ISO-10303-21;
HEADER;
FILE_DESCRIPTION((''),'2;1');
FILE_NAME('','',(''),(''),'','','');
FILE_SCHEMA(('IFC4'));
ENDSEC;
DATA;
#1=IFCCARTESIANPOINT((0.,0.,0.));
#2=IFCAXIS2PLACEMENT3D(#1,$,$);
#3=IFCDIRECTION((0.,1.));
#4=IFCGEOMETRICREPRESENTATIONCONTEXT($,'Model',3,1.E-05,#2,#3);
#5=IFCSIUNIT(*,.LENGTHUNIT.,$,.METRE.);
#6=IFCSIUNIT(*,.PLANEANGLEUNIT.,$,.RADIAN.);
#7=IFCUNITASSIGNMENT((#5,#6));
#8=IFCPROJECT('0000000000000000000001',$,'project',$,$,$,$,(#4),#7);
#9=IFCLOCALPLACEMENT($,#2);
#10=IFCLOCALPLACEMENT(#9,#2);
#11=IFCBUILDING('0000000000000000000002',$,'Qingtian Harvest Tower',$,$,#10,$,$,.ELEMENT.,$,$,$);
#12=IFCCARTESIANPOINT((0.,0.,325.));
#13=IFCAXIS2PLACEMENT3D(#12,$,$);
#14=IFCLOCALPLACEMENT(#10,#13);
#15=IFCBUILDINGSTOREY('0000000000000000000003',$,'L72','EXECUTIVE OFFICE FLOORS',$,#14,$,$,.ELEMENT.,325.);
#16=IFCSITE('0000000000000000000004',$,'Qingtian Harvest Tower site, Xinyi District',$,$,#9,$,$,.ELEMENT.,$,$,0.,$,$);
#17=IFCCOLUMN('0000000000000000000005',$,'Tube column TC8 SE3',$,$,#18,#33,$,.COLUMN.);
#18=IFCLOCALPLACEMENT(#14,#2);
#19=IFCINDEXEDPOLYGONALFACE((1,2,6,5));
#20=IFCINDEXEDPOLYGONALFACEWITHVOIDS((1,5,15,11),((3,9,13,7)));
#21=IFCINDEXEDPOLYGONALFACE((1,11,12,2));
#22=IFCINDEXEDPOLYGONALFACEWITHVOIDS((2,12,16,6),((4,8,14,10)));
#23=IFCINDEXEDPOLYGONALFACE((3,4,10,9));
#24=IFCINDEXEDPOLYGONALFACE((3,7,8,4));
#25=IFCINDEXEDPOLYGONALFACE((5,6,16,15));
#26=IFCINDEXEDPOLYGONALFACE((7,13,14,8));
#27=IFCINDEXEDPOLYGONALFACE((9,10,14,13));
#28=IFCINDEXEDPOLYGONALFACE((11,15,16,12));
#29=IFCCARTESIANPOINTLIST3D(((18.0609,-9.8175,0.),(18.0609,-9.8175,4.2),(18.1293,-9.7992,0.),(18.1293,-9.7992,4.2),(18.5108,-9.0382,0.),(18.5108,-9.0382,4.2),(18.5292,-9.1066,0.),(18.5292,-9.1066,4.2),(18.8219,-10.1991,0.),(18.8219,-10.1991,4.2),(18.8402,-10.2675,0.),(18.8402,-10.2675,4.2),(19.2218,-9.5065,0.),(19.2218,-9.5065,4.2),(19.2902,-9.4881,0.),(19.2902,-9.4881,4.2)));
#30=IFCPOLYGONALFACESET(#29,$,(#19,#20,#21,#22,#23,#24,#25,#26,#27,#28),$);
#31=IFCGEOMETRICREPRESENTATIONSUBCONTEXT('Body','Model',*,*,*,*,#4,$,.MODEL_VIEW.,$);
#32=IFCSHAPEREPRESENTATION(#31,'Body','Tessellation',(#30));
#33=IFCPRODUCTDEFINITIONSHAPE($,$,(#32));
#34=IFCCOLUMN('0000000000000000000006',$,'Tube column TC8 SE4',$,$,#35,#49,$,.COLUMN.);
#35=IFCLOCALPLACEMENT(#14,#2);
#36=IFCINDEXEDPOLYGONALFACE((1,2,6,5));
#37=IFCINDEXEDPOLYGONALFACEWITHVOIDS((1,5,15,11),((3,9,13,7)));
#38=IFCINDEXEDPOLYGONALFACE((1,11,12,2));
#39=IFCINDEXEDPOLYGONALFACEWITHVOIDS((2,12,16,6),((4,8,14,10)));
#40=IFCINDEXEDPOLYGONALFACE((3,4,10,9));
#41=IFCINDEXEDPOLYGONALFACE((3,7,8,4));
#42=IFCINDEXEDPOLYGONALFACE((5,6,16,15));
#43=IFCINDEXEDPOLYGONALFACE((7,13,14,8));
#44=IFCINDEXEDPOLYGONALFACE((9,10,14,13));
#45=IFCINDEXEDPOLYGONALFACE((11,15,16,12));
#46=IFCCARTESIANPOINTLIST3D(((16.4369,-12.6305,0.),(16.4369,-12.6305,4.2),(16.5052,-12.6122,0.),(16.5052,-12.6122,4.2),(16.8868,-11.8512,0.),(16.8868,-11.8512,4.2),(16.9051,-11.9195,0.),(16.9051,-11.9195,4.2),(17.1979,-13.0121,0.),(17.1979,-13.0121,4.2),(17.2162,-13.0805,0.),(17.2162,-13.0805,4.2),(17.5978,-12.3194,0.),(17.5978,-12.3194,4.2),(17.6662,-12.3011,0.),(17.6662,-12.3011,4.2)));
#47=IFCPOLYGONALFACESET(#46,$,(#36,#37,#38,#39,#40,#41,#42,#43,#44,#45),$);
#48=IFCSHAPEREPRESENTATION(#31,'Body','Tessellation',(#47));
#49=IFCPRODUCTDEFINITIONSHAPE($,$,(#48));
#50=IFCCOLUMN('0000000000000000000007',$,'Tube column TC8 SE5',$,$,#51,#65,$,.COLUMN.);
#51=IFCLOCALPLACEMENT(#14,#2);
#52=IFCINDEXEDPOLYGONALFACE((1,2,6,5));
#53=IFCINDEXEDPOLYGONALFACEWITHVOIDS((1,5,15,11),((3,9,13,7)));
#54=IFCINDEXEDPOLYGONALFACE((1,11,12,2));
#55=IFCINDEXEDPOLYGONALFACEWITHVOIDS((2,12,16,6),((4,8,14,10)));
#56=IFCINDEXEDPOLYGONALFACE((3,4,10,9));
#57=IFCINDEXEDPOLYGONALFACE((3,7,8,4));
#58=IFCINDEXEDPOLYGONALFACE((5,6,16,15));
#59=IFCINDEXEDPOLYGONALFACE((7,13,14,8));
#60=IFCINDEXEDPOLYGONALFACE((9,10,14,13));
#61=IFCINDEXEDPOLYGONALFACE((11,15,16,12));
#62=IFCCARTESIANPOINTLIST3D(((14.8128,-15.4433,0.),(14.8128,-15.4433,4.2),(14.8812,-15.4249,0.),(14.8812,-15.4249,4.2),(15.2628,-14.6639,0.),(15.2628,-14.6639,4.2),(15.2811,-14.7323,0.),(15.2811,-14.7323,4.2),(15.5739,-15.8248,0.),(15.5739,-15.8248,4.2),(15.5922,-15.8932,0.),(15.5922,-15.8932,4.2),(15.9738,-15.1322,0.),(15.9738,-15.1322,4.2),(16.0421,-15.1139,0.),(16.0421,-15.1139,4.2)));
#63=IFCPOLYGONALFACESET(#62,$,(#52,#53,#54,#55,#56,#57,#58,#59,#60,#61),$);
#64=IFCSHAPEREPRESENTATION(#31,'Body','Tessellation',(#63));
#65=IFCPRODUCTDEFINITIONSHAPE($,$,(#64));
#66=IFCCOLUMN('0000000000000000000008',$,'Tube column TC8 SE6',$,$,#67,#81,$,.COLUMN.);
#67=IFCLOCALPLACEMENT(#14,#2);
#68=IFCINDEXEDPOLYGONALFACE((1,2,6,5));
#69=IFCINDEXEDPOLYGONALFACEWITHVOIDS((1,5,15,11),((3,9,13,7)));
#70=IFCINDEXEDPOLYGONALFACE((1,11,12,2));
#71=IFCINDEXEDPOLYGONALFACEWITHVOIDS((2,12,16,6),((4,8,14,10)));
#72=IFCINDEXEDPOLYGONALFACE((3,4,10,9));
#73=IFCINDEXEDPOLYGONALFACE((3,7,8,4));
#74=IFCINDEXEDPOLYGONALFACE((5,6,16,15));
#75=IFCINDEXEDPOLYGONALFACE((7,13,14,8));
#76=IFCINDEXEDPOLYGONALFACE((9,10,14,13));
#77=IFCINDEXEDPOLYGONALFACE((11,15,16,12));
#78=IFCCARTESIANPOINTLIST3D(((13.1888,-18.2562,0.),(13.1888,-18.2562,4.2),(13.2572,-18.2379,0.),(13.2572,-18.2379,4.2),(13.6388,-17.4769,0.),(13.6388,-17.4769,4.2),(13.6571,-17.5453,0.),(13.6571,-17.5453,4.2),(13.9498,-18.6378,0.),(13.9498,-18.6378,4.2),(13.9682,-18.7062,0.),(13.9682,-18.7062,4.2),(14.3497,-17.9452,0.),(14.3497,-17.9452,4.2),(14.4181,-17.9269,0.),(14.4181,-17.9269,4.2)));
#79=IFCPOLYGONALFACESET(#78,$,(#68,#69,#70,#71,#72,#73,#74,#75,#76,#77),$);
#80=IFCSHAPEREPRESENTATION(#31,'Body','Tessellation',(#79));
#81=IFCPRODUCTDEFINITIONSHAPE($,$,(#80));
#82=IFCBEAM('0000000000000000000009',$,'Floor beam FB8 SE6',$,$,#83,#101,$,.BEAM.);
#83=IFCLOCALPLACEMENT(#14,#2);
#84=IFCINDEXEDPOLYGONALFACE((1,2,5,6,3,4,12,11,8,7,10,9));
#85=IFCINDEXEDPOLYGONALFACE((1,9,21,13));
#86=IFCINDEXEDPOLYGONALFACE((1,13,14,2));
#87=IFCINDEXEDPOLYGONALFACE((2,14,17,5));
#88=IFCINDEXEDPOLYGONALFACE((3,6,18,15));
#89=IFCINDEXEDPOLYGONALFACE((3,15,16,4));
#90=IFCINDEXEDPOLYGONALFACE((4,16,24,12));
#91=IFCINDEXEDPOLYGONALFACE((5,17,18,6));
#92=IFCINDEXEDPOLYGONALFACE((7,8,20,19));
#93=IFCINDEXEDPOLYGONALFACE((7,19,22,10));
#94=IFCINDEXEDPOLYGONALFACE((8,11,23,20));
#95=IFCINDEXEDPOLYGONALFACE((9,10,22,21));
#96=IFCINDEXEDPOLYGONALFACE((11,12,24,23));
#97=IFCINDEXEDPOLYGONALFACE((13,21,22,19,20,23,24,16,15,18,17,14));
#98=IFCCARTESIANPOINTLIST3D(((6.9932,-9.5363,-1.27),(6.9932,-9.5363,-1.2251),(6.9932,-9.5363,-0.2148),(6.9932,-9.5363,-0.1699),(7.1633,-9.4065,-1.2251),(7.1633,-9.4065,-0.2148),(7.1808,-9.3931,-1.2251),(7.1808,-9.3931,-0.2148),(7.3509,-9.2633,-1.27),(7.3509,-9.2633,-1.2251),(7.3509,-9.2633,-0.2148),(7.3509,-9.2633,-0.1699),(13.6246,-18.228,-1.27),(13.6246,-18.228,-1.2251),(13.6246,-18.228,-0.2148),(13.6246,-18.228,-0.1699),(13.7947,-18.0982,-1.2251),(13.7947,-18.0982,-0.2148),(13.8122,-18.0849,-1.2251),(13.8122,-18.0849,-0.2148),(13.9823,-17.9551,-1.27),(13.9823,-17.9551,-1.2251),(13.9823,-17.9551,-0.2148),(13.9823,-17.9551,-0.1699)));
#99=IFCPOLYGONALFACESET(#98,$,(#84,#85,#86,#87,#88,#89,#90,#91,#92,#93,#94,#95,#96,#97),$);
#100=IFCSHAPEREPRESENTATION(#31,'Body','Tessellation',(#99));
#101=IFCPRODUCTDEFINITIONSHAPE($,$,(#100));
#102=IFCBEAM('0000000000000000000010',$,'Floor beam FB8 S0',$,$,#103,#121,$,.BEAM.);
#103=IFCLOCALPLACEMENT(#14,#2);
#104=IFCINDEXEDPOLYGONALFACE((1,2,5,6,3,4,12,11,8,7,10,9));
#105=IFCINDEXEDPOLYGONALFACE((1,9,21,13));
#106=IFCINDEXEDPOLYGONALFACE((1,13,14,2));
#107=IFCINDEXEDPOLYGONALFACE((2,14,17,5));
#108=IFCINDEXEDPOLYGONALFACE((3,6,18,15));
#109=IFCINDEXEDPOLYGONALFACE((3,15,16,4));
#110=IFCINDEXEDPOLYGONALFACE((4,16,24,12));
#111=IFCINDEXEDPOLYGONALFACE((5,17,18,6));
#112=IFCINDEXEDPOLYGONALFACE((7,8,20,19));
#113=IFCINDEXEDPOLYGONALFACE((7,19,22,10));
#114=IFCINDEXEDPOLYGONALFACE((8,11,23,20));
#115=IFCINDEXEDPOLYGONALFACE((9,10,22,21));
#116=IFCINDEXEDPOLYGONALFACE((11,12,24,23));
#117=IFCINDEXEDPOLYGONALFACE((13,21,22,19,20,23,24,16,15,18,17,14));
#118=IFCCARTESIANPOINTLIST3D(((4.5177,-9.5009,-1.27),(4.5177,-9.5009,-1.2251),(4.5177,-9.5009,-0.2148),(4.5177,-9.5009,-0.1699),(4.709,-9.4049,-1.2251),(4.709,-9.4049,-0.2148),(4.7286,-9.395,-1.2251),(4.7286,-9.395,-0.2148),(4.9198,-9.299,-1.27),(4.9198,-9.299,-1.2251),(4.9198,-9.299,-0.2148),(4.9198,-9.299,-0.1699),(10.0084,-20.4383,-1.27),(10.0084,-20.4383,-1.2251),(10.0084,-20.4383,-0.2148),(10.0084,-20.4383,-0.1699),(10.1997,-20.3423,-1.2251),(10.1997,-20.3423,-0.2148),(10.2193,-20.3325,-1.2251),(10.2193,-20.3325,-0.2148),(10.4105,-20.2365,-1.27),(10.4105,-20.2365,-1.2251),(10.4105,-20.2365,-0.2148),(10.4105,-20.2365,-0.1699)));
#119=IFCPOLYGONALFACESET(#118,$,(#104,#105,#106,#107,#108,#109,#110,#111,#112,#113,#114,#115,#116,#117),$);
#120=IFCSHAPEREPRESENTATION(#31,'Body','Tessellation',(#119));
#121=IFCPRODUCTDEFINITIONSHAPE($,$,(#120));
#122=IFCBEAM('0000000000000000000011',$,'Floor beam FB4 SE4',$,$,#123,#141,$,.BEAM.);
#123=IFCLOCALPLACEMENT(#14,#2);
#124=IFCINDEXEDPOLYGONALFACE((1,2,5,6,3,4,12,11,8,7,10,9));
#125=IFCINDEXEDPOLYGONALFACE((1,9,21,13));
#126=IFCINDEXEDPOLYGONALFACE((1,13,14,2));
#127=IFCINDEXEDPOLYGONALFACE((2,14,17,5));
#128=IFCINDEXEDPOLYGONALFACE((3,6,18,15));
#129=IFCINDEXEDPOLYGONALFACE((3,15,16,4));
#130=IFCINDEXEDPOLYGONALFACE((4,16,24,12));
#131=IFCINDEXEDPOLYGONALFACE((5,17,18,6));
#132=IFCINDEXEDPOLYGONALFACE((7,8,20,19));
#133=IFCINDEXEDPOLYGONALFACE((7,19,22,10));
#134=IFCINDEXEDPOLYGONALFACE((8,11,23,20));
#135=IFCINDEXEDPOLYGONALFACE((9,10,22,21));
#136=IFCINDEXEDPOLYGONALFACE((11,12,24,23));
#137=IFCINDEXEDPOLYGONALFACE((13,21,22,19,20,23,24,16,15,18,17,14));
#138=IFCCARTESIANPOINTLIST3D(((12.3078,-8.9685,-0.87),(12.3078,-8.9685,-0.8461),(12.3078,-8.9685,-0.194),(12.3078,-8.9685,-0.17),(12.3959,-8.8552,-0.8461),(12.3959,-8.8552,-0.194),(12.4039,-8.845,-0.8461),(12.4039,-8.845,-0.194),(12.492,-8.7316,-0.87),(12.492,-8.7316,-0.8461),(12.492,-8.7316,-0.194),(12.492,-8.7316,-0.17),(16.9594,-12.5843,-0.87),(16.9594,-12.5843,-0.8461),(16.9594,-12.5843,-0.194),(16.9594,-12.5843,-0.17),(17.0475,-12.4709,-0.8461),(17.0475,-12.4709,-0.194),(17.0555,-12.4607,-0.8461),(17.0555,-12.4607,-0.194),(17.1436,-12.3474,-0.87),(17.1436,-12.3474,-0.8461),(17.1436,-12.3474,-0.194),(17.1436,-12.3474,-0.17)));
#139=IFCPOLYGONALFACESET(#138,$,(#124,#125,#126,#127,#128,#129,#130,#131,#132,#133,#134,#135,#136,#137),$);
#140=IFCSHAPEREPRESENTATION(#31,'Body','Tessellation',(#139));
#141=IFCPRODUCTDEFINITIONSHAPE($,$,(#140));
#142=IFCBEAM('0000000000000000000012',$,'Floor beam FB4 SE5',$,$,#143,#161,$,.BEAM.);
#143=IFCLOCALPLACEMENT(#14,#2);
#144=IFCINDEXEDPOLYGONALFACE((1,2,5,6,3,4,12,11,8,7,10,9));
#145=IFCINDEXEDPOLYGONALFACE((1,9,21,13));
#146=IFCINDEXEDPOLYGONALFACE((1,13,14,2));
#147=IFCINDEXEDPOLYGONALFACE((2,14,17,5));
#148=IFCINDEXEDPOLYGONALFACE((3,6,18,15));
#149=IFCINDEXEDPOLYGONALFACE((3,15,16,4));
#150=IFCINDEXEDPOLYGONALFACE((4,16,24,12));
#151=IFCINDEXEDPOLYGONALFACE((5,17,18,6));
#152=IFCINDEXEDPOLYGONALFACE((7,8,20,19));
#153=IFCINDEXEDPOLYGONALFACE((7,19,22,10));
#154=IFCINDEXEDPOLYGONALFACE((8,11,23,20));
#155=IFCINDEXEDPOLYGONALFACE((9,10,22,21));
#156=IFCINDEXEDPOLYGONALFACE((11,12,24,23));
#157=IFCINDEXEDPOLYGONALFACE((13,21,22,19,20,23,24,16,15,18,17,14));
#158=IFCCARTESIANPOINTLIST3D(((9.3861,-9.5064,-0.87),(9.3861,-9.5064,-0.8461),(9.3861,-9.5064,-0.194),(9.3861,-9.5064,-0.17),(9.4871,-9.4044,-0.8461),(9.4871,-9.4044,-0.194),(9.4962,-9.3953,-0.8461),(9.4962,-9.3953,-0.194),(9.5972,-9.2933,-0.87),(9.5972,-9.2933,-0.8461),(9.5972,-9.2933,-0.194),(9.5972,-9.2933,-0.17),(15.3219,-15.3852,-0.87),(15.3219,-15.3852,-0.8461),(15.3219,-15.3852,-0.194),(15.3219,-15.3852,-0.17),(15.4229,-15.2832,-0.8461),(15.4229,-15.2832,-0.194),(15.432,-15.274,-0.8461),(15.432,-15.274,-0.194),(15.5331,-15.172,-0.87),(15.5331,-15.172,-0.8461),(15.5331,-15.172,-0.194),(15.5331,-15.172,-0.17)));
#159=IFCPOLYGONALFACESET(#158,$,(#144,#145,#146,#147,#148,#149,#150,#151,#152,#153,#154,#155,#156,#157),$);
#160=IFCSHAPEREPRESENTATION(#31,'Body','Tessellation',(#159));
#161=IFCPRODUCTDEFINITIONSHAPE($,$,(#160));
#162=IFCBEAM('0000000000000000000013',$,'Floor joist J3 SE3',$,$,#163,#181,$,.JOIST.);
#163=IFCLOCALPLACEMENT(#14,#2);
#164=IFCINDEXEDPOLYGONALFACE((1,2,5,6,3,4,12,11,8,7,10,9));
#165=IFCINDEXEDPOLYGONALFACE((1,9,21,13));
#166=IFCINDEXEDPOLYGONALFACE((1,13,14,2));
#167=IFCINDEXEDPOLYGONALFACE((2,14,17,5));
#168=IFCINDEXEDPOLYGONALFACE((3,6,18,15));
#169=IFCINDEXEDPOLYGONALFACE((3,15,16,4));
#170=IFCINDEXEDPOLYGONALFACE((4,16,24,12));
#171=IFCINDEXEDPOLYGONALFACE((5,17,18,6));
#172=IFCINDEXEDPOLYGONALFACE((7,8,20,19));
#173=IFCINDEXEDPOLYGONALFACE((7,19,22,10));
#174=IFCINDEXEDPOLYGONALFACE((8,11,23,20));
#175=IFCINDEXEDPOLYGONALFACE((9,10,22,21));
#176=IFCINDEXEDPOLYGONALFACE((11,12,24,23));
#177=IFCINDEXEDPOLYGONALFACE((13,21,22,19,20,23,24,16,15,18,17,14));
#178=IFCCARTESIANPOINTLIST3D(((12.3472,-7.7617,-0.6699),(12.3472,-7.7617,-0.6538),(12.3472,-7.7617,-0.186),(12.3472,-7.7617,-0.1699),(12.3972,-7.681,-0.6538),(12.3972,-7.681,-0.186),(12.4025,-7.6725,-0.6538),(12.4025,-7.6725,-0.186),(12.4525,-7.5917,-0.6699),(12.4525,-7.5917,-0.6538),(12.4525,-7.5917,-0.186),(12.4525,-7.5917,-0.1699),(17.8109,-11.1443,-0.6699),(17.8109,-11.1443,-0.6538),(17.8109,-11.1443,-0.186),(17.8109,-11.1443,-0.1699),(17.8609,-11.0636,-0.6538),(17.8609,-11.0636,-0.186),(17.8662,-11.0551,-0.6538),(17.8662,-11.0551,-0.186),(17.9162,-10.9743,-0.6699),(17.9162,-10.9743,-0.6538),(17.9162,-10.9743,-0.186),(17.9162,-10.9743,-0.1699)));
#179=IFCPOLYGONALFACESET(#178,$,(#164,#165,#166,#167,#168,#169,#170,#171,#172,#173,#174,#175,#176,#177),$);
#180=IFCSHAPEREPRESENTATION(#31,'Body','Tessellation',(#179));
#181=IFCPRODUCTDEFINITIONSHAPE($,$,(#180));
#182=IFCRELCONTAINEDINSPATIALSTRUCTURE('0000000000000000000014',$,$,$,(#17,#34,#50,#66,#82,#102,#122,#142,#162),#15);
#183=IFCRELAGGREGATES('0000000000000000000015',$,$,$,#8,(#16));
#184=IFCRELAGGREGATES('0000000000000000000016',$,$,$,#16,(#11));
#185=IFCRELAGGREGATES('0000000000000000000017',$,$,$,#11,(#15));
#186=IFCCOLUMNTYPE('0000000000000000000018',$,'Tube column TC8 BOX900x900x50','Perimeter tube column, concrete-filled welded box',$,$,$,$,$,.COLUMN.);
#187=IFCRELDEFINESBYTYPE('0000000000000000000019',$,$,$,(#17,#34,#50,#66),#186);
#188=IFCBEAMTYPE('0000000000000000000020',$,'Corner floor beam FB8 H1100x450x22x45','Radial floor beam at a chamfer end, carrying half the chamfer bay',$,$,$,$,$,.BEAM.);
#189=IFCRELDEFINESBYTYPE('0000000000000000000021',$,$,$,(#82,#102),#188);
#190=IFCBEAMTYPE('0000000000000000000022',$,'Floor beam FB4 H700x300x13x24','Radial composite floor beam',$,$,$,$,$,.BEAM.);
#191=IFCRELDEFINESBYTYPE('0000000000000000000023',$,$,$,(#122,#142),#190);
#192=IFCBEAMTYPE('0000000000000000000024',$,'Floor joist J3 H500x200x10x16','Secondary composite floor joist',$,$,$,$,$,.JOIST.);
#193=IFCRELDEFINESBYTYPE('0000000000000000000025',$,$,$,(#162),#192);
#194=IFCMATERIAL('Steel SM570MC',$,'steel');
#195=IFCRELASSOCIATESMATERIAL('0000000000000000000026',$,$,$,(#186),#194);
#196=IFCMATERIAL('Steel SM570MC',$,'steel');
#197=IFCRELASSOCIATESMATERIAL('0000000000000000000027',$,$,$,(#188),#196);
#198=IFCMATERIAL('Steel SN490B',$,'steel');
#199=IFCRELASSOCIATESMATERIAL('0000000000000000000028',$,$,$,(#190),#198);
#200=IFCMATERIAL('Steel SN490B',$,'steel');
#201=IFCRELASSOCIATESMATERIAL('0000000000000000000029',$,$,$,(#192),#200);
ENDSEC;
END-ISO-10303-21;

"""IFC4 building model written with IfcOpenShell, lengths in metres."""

from ifc_helpers import new_model, si_unit, direction, frame, origin, origin_2d, place, context, subcontext, project, spatial, hollow_rectangle, i_section, extrude, material, material_profile, profile_set, type_object, element, save


model = new_model("IFC4")

# Units and contexts
model_context = context("Model", 3, precision=1e-05, world=origin(), true_north=direction((0.0, 1.0)))
body_context = subcontext(model_context, "Body", "Model", "MODEL_VIEW")
ifc_project = project(units=[si_unit("LENGTHUNIT", "METRE"), si_unit("PLANEANGLEUNIT", "RADIAN")], contexts=[model_context])

# Site, building, storey
site_placement = place(None, origin())
site = spatial("IfcSite", under=ifc_project, at=site_placement, Name="Qingtian Harvest Tower site, Xinyi District", CompositionType="ELEMENT", RefElevation=0.0)
building_placement = place(site_placement, origin())
building = spatial("IfcBuilding", under=site, at=building_placement, Name="Qingtian Harvest Tower", CompositionType="ELEMENT")
storey_placement = place(building_placement, frame((0.0, 0.0, 325.0)))
storey = spatial("IfcBuildingStorey", under=building, at=storey_placement, Name="L72", Description="EXECUTIVE OFFICE FLOORS", CompositionType="ELEMENT", Elevation=325.0)

# Columns
ifc_material_1 = material(Name="Steel SM570MC", Category="steel")
ifc_material_profile_1 = material_profile(ifc_material_1, hollow_rectangle(XDim=0.8999, YDim=0.8999, WallThickness=0.05, at=origin_2d()), Name="BOX900x900x50")
ifc_profile_set_1 = profile_set([ifc_material_profile_1], Name="Steel SM570MC")
column_type = type_object("IfcColumnType", Name="Tube column TC8 BOX900x900x50", Description="Perimeter tube column, concrete-filled welded box", PredefinedType="COLUMN", material=ifc_profile_set_1)
for number, where, z_axis, x_axis, name in (
    (1, (18.6755, -9.6528, 0.0), (0.0, 0.0, 1.0), (0.5, 0.866025, 0.0), "Tube column TC8 SE3"),
    (2, (17.0515, -12.4658, 0.0), (0.0, 0.0, 1.0), (0.5, 0.866025, 0.0), "Tube column TC8 SE4"),
    (3, (15.4275, -15.2786, 0.0), (0.0, 0.0, 1.0), (0.5, 0.866025, 0.0), "Tube column TC8 SE5"),
    (4, (13.8035, -18.0916, 0.0), (0.0, 0.0, 1.0), (0.5, 0.866025, 0.0), "Tube column TC8 SE6"),
):
    element("IfcColumn", number, at=place(storey_placement, frame(where, z_axis=z_axis, x_axis=x_axis)), inside=storey, type_object=column_type, Name=name, PredefinedType="COLUMN", context=body_context, shape_type="SweptSolid", body=[
        extrude(hollow_rectangle(XDim=0.8999, YDim=0.8999, WallThickness=0.05, at=origin_2d()), origin(), (0.0, 0.0, 1.0), 4.2),
    ])

# Beams
ifc_material_2 = material(Name="Steel SM570MC", Category="steel")
ifc_material_profile_2 = material_profile(ifc_material_2, i_section(OverallWidth=0.45, OverallDepth=1.1001, WebThickness=0.022, FlangeThickness=0.0449, at=origin_2d()), Name="H1100x450x22x45")
ifc_profile_set_2 = profile_set([ifc_material_profile_2], Name="Steel SM570MC")
beam_type_1 = type_object("IfcBeamType", Name="Corner floor beam FB8 H1100x450x22x45", Description="Radial floor beam at a chamfer end, carrying half the chamfer bay", PredefinedType="BEAM", material=ifc_profile_set_2)
beam_1_placement = place(storey_placement, frame((13.8035, -18.0916, -0.72), z_axis=(-0.606572, 0.795029, 0.0), x_axis=(-0.795029, -0.606572, 0.0)))
element("IfcBeam", 5, at=beam_1_placement, inside=storey, type_object=beam_type_1, Name="Floor beam FB8 SE6", PredefinedType="BEAM", context=body_context, shape_type="SweptSolid", body=[
    extrude(i_section(OverallWidth=0.45, OverallDepth=1.1001, WebThickness=0.022, FlangeThickness=0.0449, at=origin_2d()), origin(), (0.0, 0.0, 1.0), 10.9326),
])
beam_2_placement = place(storey_placement, frame((10.2095, -20.3374, -0.72), z_axis=(-0.448649, 0.893708, 0.0), x_axis=(-0.893708, -0.448649, 0.0)))
element("IfcBeam", 6, at=beam_2_placement, inside=storey, type_object=beam_type_1, Name="Floor beam FB8 S0", PredefinedType="BEAM", context=body_context, shape_type="SweptSolid", body=[
    extrude(i_section(OverallWidth=0.45, OverallDepth=1.1001, WebThickness=0.022, FlangeThickness=0.0449, at=origin_2d()), origin(), (0.0, 0.0, 1.0), 12.2383),
])
ifc_material_3 = material(Name="Steel SN490B", Category="steel")
ifc_material_profile_3 = material_profile(ifc_material_3, i_section(OverallWidth=0.3, OverallDepth=0.7, WebThickness=0.0129, FlangeThickness=0.0239, at=origin_2d()), Name="H700x300x13x24")
ifc_profile_set_3 = profile_set([ifc_material_profile_3], Name="Steel SN490B")
beam_type_2 = type_object("IfcBeamType", Name="Floor beam FB4 H700x300x13x24", Description="Radial composite floor beam", PredefinedType="BEAM", material=ifc_profile_set_3)
beam_3_placement = place(storey_placement, frame((17.0515, -12.4658, -0.52), z_axis=(-0.789533, 0.613708, 0.0), x_axis=(-0.613708, -0.789533, 0.0)))
element("IfcBeam", 7, at=beam_3_placement, inside=storey, type_object=beam_type_2, Name="Floor beam FB4 SE4", PredefinedType="BEAM", context=body_context, shape_type="SweptSolid", body=[
    extrude(i_section(OverallWidth=0.3, OverallDepth=0.7, WebThickness=0.0129, FlangeThickness=0.0239, at=origin_2d()), origin(), (0.0, 0.0, 1.0), 5.8916),
])
beam_4_placement = place(storey_placement, frame((15.4275, -15.2786, -0.52), z_axis=(-0.710518, 0.703679, 0.0), x_axis=(-0.703679, -0.710518, 0.0)))
element("IfcBeam", 8, at=beam_4_placement, inside=storey, type_object=beam_type_2, Name="Floor beam FB4 SE5", PredefinedType="BEAM", context=body_context, shape_type="SweptSolid", body=[
    extrude(i_section(OverallWidth=0.3, OverallDepth=0.7, WebThickness=0.0129, FlangeThickness=0.0239, at=origin_2d()), origin(), (0.0, 0.0, 1.0), 8.3542),
])
ifc_material_4 = material(Name="Steel SN490B", Category="steel")
ifc_material_profile_4 = material_profile(ifc_material_4, i_section(OverallWidth=0.2, OverallDepth=0.5, WebThickness=0.01, FlangeThickness=0.0161, at=origin_2d()), Name="H500x200x10x16")
ifc_profile_set_4 = profile_set([ifc_material_profile_4], Name="Steel SN490B")
beam_type_3 = type_object("IfcBeamType", Name="Floor joist J3 H500x200x10x16", Description="Secondary composite floor joist", PredefinedType="JOIST", material=ifc_profile_set_4)
beam_5_placement = place(storey_placement, frame((17.8635, -11.0593, -0.4199), z_axis=(-0.850242, 0.526391, 0.0), x_axis=(-0.526391, -0.850242, 0.0)))
element("IfcBeam", 9, at=beam_5_placement, inside=storey, type_object=beam_type_3, Name="Floor joist J3 SE3", PredefinedType="JOIST", context=body_context, shape_type="SweptSolid", body=[
    extrude(i_section(OverallWidth=0.2, OverallDepth=0.5, WebThickness=0.01, FlangeThickness=0.0161, at=origin_2d()), origin(), (0.0, 0.0, 1.0), 6.426),
])

save(model, "model.ifc")
